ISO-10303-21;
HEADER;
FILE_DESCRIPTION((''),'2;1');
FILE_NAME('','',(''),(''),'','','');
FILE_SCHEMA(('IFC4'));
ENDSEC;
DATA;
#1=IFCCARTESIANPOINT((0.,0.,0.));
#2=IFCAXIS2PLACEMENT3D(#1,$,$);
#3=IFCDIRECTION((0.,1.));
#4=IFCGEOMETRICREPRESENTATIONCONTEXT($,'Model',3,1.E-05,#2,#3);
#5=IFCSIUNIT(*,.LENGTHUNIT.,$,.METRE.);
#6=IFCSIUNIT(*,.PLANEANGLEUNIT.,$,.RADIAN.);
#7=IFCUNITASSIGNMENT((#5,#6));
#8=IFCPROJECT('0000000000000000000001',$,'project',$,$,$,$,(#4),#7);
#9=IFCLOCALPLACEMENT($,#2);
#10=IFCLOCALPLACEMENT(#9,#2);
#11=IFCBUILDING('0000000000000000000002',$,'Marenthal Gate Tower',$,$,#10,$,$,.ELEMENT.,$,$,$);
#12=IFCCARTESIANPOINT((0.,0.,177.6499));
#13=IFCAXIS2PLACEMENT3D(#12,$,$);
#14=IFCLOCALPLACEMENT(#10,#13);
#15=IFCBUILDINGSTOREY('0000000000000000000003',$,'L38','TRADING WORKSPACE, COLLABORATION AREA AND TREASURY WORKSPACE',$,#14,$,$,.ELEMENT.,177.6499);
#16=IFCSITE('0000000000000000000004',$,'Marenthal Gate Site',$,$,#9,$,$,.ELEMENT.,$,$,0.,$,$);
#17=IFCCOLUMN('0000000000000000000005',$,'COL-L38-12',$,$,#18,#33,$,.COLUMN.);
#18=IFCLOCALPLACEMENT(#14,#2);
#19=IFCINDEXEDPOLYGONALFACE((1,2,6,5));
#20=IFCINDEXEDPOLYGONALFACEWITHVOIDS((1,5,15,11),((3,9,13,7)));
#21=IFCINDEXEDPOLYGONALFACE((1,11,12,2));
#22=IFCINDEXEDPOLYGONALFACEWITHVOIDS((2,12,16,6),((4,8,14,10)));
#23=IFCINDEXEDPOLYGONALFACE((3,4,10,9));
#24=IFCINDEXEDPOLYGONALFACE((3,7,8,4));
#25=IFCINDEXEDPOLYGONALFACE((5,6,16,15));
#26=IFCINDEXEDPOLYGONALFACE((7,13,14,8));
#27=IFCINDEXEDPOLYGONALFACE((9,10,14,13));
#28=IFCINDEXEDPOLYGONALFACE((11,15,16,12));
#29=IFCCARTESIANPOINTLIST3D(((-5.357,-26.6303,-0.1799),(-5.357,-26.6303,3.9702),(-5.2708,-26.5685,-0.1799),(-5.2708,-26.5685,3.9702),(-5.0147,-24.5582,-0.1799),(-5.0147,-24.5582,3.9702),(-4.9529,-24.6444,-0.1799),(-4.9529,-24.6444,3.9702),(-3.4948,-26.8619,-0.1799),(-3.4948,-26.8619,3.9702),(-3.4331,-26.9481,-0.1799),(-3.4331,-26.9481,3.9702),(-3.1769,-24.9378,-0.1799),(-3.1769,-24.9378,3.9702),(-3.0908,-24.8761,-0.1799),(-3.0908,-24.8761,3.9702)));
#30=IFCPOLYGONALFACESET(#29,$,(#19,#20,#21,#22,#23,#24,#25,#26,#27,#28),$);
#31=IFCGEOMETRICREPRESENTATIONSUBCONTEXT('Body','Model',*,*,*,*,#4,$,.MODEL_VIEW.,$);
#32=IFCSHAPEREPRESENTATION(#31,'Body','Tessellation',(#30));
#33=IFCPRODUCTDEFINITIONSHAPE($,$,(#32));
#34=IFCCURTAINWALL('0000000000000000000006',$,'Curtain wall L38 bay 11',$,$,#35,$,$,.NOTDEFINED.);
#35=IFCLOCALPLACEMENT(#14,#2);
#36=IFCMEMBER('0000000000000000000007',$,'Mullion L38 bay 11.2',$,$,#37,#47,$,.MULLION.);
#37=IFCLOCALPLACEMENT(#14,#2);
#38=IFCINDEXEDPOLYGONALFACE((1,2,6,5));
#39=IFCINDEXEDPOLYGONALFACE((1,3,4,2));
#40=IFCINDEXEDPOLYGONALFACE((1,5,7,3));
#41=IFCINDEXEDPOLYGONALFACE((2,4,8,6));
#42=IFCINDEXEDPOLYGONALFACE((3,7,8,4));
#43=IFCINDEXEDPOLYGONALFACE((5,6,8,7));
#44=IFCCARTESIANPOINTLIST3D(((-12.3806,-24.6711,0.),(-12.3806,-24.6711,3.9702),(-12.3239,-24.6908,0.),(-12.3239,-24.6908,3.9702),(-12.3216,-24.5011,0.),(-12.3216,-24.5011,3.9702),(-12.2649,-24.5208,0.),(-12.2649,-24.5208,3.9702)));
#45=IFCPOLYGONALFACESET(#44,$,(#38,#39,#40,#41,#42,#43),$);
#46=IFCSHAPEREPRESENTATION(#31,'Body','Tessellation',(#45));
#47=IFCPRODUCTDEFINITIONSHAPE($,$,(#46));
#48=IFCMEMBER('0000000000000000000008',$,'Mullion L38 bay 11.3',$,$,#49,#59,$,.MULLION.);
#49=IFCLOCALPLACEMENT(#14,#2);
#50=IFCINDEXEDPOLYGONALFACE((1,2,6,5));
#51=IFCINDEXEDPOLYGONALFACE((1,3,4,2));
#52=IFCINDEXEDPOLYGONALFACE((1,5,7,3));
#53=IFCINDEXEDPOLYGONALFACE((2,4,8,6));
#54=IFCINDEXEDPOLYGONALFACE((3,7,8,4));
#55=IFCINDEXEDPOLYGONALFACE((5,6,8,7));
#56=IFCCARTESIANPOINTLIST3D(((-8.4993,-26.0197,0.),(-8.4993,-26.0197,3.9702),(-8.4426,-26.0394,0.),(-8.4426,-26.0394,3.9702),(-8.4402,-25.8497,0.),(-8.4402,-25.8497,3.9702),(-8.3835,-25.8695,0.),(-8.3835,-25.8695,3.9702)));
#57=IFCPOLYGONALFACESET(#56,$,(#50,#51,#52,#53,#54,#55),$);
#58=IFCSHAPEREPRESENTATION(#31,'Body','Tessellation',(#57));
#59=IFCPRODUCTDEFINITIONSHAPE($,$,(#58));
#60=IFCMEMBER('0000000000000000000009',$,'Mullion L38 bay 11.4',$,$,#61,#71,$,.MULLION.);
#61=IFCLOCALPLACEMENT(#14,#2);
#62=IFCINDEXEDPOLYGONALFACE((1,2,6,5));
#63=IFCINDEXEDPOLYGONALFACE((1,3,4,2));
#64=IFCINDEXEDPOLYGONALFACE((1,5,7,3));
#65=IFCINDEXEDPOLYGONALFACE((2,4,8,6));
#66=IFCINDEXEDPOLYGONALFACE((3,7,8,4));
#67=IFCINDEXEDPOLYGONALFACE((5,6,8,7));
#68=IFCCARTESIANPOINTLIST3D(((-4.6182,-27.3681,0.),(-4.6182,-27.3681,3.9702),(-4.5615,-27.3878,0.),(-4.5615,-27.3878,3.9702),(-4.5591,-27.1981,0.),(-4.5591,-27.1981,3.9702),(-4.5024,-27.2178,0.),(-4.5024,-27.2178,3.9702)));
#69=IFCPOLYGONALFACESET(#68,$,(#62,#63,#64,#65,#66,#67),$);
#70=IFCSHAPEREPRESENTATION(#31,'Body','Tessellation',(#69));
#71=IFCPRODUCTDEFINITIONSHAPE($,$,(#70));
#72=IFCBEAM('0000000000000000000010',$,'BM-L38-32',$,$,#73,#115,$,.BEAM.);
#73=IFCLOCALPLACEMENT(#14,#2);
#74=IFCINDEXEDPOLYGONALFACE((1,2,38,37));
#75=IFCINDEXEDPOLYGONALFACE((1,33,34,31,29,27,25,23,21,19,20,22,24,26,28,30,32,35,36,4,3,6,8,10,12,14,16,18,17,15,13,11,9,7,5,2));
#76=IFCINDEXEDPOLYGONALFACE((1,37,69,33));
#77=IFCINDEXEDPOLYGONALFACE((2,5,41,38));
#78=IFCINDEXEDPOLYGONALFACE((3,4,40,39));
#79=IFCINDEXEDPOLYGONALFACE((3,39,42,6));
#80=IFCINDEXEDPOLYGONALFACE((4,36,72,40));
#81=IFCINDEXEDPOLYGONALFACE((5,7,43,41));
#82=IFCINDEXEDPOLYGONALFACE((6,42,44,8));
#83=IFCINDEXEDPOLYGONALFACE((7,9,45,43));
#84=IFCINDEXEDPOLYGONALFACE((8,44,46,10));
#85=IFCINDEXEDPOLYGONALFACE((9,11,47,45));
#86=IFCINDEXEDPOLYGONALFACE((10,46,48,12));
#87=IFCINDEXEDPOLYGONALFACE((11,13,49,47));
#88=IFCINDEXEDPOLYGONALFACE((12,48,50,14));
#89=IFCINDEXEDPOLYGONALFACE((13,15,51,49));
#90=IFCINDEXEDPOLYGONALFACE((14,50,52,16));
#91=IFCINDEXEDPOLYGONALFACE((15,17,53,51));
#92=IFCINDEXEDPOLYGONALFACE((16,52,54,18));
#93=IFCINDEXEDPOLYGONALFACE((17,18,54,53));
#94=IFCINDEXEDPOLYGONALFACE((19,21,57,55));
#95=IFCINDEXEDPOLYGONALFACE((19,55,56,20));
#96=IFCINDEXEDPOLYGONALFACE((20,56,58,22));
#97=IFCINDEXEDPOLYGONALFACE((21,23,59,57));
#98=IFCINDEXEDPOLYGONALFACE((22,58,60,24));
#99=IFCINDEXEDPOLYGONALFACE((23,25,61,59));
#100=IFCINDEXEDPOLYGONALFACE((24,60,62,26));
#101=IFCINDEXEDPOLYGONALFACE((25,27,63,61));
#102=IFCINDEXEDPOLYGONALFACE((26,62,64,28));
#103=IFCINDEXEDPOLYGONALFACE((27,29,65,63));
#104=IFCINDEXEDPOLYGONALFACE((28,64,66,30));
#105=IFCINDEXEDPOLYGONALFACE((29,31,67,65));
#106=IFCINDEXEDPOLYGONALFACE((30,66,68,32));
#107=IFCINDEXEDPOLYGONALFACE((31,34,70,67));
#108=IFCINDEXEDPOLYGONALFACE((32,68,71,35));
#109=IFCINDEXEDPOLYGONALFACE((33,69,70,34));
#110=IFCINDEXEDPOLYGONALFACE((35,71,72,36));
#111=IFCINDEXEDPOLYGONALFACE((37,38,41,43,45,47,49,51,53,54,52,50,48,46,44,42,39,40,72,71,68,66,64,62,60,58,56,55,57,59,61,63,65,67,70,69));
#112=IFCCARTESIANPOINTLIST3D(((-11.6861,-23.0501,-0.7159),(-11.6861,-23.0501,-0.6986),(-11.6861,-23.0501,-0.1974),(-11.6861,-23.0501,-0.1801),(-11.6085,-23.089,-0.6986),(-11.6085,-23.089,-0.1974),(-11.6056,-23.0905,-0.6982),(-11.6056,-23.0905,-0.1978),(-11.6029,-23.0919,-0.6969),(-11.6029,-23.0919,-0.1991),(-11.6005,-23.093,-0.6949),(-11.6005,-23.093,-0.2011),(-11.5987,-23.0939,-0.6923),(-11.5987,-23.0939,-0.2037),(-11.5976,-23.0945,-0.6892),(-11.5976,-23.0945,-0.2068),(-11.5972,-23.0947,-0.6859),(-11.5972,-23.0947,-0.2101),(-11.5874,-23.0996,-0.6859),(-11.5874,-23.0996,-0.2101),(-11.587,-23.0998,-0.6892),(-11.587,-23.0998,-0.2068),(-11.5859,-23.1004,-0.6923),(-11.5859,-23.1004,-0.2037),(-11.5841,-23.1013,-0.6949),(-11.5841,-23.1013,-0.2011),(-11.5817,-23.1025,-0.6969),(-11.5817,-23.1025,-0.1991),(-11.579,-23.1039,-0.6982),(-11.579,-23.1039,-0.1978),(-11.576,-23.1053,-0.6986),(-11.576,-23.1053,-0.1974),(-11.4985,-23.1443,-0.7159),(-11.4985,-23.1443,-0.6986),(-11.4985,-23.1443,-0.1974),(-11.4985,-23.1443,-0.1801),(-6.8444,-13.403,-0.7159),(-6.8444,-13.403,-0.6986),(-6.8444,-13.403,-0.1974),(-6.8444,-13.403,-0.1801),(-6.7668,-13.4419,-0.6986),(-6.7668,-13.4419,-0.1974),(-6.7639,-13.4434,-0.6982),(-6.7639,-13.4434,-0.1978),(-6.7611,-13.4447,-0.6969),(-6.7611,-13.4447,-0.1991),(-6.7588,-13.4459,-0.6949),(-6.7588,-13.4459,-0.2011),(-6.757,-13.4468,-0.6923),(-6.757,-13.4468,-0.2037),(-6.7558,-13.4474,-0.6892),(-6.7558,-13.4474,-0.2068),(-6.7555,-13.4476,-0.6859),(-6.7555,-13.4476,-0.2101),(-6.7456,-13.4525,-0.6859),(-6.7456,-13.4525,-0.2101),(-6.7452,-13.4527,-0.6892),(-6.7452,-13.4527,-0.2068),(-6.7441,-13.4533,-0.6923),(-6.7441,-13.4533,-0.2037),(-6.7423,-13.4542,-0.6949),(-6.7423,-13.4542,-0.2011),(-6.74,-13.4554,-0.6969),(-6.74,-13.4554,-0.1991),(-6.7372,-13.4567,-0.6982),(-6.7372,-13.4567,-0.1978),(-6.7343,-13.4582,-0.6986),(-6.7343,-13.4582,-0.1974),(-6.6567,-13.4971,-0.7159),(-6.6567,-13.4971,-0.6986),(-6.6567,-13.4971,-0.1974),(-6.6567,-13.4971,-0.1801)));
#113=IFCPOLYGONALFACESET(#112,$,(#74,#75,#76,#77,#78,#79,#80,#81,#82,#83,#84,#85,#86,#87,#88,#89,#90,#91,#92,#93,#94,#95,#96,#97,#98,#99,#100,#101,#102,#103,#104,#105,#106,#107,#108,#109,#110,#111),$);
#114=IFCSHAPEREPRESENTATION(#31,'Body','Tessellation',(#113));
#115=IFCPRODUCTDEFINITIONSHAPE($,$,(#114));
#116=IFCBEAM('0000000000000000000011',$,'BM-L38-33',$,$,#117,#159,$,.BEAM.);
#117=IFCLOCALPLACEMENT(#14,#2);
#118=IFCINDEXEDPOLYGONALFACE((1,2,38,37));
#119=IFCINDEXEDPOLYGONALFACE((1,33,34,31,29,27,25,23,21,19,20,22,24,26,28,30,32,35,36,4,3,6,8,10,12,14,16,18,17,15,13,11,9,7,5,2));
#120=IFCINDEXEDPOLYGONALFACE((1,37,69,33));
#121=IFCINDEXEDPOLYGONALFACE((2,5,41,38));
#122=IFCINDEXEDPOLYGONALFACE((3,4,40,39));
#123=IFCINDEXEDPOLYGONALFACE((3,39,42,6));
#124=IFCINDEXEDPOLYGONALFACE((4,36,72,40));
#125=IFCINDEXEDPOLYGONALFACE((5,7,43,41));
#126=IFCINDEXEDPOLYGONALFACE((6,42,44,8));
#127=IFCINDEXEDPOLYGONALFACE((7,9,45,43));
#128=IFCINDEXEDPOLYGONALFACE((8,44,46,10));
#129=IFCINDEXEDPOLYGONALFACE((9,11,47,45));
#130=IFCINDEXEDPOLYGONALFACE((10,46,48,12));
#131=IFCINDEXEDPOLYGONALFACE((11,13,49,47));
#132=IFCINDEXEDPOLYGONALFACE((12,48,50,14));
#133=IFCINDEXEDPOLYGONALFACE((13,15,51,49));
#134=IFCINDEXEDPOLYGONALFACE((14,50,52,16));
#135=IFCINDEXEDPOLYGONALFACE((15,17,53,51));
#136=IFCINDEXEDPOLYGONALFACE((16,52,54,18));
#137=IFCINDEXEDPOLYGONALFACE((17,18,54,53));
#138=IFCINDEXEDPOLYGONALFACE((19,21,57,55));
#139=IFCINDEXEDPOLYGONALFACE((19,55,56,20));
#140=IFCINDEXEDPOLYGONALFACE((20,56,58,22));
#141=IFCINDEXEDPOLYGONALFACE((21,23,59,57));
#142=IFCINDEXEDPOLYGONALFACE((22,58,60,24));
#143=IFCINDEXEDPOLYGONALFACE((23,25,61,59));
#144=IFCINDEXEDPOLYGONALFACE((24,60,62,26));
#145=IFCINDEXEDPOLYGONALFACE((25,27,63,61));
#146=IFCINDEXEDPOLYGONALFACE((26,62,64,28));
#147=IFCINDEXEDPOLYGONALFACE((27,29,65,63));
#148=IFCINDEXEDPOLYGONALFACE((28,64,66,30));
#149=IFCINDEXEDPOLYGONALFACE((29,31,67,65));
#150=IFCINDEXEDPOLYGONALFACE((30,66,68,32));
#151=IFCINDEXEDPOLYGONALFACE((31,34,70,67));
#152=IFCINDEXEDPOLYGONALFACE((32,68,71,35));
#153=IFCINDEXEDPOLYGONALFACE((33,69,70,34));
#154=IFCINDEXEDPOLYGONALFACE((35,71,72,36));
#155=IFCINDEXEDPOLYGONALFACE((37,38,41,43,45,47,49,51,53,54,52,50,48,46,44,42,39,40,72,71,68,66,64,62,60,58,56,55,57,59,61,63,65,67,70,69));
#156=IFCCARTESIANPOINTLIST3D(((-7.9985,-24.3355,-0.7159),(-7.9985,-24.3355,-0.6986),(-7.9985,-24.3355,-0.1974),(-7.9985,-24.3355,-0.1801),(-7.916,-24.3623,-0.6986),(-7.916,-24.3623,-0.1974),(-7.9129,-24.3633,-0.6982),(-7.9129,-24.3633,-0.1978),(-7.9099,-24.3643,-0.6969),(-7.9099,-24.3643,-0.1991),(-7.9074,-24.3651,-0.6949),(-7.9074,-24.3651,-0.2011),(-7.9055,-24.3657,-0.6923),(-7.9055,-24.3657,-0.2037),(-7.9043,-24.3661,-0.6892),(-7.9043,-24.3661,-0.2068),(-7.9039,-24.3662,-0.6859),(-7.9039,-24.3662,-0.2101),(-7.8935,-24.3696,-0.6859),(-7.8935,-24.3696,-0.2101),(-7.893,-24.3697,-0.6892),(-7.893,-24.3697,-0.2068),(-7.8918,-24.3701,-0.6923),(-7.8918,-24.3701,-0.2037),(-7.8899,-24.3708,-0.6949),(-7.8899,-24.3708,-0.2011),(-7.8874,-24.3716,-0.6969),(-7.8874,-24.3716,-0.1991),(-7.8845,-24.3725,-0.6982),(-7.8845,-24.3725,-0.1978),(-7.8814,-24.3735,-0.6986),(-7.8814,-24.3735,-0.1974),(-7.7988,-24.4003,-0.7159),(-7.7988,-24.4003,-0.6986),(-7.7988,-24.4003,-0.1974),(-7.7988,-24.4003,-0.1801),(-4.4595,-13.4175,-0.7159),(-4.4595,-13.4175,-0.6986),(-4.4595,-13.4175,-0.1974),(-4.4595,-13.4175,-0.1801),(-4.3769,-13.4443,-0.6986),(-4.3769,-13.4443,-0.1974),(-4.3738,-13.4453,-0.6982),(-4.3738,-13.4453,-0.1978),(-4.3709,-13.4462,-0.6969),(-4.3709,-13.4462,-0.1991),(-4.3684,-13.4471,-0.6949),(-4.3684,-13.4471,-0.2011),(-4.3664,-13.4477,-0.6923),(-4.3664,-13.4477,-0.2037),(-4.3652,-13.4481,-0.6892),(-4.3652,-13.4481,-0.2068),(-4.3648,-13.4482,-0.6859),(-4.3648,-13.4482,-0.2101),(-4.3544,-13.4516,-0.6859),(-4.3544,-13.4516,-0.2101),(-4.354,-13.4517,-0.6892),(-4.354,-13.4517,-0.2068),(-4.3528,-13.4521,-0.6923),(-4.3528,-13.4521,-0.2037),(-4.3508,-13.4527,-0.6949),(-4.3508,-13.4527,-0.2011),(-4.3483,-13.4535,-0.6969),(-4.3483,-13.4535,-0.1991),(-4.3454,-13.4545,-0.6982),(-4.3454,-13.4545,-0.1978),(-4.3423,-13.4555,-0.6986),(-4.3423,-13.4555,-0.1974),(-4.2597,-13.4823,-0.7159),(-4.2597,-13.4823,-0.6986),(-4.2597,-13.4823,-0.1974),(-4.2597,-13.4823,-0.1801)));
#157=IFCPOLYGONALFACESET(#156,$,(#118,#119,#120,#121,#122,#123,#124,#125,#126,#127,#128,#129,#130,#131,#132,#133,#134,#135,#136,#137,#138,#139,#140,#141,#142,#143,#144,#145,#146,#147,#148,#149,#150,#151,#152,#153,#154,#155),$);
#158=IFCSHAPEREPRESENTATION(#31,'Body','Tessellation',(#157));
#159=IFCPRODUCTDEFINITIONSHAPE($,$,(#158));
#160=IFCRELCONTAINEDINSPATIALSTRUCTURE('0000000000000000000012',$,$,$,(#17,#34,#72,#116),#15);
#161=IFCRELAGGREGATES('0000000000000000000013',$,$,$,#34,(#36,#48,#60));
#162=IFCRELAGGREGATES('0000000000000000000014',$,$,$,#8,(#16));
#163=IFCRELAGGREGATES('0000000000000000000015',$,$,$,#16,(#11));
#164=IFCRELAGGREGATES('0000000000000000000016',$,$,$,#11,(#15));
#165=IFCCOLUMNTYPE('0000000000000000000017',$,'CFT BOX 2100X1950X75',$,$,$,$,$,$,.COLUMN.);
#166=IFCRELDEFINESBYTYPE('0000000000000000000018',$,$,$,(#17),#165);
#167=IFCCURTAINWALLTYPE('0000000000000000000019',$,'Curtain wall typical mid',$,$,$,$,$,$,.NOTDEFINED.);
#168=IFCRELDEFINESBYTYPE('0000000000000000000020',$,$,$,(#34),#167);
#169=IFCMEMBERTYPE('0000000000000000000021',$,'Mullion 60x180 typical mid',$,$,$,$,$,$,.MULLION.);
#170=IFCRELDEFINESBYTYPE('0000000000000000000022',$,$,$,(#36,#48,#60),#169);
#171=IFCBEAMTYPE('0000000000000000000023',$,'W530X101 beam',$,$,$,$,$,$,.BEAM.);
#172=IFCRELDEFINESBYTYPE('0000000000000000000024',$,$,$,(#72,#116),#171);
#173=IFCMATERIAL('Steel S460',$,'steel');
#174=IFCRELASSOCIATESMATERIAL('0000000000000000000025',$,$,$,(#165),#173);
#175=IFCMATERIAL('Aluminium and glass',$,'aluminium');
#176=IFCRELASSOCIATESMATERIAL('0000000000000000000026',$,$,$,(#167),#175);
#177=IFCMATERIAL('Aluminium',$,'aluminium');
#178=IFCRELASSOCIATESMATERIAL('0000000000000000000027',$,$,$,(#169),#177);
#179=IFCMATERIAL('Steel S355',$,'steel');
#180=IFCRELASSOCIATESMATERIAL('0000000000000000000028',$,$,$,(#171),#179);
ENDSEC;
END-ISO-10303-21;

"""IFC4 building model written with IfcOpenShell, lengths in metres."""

from ifc_helpers import new_model, si_unit, direction, frame, origin, origin_2d, place, context, subcontext, project, spatial, rectangle, hollow_rectangle, i_section, extrude, material, material_profile, profile_set, type_object, element, aggregate, save


model = new_model("IFC4")

# Units and contexts
model_context = context("Model", 3, precision=1e-05, world=origin(), true_north=direction((0.0, 1.0)))
body_context = subcontext(model_context, "Body", "Model", "MODEL_VIEW")
ifc_project = project(units=[si_unit("LENGTHUNIT", "METRE"), si_unit("PLANEANGLEUNIT", "RADIAN")], contexts=[model_context])

# Site, building, storey
site_placement = place(None, origin())
site = spatial("IfcSite", under=ifc_project, at=site_placement, Name="Marenthal Gate Site", CompositionType="ELEMENT", RefElevation=0.0)
building_placement = place(site_placement, origin())
building = spatial("IfcBuilding", under=site, at=building_placement, Name="Marenthal Gate Tower", CompositionType="ELEMENT")
storey_placement = place(building_placement, frame((0.0, 0.0, 177.6499)))
storey = spatial("IfcBuildingStorey", under=building, at=storey_placement, Name="L38", Description="TRADING WORKSPACE, COLLABORATION AREA AND TREASURY WORKSPACE", CompositionType="ELEMENT", Elevation=177.6499)

# Column
ifc_material_1 = material(Name="Steel S460", Category="steel")
ifc_material_profile_1 = material_profile(ifc_material_1, hollow_rectangle(XDim=1.95, YDim=2.1001, WallThickness=0.075, at=origin_2d()), Name="CFT BOX 2100X1950X75")
ifc_material_2 = material(Name="Concrete 70 MPa", Category="concrete")
ifc_material_profile_2 = material_profile(ifc_material_2, rectangle(XDim=1.8, YDim=1.95, at=origin_2d()), Name="CFT BOX 2100X1950X75 INFILL")
ifc_profile_set_1 = profile_set([ifc_material_profile_1, ifc_material_profile_2], Name="Steel S460 shell, Concrete 70 MPa infill")
column_type = type_object("IfcColumnType", Name="CFT BOX 2100X1950X75", PredefinedType="COLUMN", material=ifc_profile_set_1)
column_placement = place(storey_placement, frame((-4.2239, -25.7532, -0.1799), z_axis=(0.0, 0.0, 1.0), x_axis=(-0.986625, 0.163004, 0.0)))
element("IfcColumn", 1, at=column_placement, inside=storey, type_object=column_type, Name="COL-L38-12", PredefinedType="COLUMN", context=body_context, shape_type="SweptSolid", body=[
    extrude(hollow_rectangle(XDim=1.95, YDim=2.1001, WallThickness=0.075, at=origin_2d()), origin(), (0.0, 0.0, 1.0), 4.1501),
])

# Curtain wall, members
ifc_material_3 = material(Name="Aluminium and glass", Category="aluminium")
curtain_wall_type = type_object("IfcCurtainWallType", Name="Curtain wall typical mid", PredefinedType="NOTDEFINED", material=ifc_material_3)
curtain_wall_placement = place(storey_placement, origin())
curtain_wall = element("IfcCurtainWall", 2, at=curtain_wall_placement, inside=storey, type_object=curtain_wall_type, Name="Curtain wall L38 bay 11", PredefinedType="NOTDEFINED")
ifc_material_4 = material(Name="Aluminium", Category="aluminium")
ifc_material_profile_3 = material_profile(ifc_material_4, rectangle(XDim=0.1799, YDim=0.0601, at=origin_2d()), Name="60x180 aluminium mullion")
ifc_profile_set_2 = profile_set([ifc_material_profile_3], Name="Aluminium")
member_type = type_object("IfcMemberType", Name="Mullion 60x180 typical mid", PredefinedType="MULLION", material=ifc_profile_set_2)
member_1_placement = place(storey_placement, frame((-12.3228, -24.5959, 0.0), z_axis=(0.0, 0.0, 1.0), x_axis=(0.328211, 0.944604, 0.0)))
member_1 = element("IfcMember", 3, at=member_1_placement, type_object=member_type, Name="Mullion L38 bay 11.2", PredefinedType="MULLION", context=body_context, shape_type="SweptSolid", body=[
    extrude(rectangle(XDim=0.1799, YDim=0.0601, at=origin_2d()), origin(), (0.0, 0.0, 1.0), 3.9702),
])
member_2_placement = place(storey_placement, frame((-8.4414, -25.9446, 0.0), z_axis=(0.0, 0.0, 1.0), x_axis=(0.328211, 0.944604, 0.0)))
member_2 = element("IfcMember", 4, at=member_2_placement, type_object=member_type, Name="Mullion L38 bay 11.3", PredefinedType="MULLION", context=body_context, shape_type="SweptSolid", body=[
    extrude(rectangle(XDim=0.1799, YDim=0.0601, at=origin_2d()), origin(), (0.0, 0.0, 1.0), 3.9702),
])
member_3_placement = place(storey_placement, frame((-4.5603, -27.293, 0.0), z_axis=(0.0, 0.0, 1.0), x_axis=(0.328211, 0.944604, 0.0)))
member_3 = element("IfcMember", 5, at=member_3_placement, type_object=member_type, Name="Mullion L38 bay 11.4", PredefinedType="MULLION", context=body_context, shape_type="SweptSolid", body=[
    extrude(rectangle(XDim=0.1799, YDim=0.0601, at=origin_2d()), origin(), (0.0, 0.0, 1.0), 3.9702),
])

# Beams
ifc_material_5 = material(Name="Steel S355", Category="steel")
ifc_material_profile_4 = material_profile(ifc_material_5, i_section(OverallWidth=0.21, OverallDepth=0.5359, WebThickness=0.011, FlangeThickness=0.0173, FilletRadius=0.0127, at=origin_2d()), Name="W530X101")
ifc_profile_set_3 = profile_set([ifc_material_profile_4], Name="Steel S355")
beam_type_1 = type_object("IfcBeamType", Name="W530X101 beam", PredefinedType="BEAM", material=ifc_profile_set_3)
beam_1_placement = place(storey_placement, frame((-11.5923, -23.0972, -0.448), z_axis=(0.448561, 0.893752, 0.0), x_axis=(-0.893752, 0.448561, 0.0)))
element("IfcBeam", 6, at=beam_1_placement, inside=storey, type_object=beam_type_1, Name="BM-L38-32", PredefinedType="BEAM", context=body_context, shape_type="SweptSolid", body=[
    extrude(i_section(OverallWidth=0.21, OverallDepth=0.5359, WebThickness=0.011, FlangeThickness=0.0173, FilletRadius=0.0127, at=origin_2d()), origin(), (0.0, 0.0, 1.0), 10.7939),
])
beam_2_placement = place(storey_placement, frame((-7.8987, -24.3679, -0.448), z_axis=(0.308355, 0.951271, 0.0), x_axis=(-0.951271, 0.308355, 0.0)))
element("IfcBeam", 7, at=beam_2_placement, inside=storey, type_object=beam_type_1, Name="BM-L38-33", PredefinedType="BEAM", context=body_context, shape_type="SweptSolid", body=[
    extrude(i_section(OverallWidth=0.21, OverallDepth=0.5359, WebThickness=0.011, FlangeThickness=0.0173, FilletRadius=0.0127, at=origin_2d()), origin(), (0.0, 0.0, 1.0), 11.4773),
])

aggregate(curtain_wall, [member_1, member_2, member_3])

save(model, "model.ifc")
